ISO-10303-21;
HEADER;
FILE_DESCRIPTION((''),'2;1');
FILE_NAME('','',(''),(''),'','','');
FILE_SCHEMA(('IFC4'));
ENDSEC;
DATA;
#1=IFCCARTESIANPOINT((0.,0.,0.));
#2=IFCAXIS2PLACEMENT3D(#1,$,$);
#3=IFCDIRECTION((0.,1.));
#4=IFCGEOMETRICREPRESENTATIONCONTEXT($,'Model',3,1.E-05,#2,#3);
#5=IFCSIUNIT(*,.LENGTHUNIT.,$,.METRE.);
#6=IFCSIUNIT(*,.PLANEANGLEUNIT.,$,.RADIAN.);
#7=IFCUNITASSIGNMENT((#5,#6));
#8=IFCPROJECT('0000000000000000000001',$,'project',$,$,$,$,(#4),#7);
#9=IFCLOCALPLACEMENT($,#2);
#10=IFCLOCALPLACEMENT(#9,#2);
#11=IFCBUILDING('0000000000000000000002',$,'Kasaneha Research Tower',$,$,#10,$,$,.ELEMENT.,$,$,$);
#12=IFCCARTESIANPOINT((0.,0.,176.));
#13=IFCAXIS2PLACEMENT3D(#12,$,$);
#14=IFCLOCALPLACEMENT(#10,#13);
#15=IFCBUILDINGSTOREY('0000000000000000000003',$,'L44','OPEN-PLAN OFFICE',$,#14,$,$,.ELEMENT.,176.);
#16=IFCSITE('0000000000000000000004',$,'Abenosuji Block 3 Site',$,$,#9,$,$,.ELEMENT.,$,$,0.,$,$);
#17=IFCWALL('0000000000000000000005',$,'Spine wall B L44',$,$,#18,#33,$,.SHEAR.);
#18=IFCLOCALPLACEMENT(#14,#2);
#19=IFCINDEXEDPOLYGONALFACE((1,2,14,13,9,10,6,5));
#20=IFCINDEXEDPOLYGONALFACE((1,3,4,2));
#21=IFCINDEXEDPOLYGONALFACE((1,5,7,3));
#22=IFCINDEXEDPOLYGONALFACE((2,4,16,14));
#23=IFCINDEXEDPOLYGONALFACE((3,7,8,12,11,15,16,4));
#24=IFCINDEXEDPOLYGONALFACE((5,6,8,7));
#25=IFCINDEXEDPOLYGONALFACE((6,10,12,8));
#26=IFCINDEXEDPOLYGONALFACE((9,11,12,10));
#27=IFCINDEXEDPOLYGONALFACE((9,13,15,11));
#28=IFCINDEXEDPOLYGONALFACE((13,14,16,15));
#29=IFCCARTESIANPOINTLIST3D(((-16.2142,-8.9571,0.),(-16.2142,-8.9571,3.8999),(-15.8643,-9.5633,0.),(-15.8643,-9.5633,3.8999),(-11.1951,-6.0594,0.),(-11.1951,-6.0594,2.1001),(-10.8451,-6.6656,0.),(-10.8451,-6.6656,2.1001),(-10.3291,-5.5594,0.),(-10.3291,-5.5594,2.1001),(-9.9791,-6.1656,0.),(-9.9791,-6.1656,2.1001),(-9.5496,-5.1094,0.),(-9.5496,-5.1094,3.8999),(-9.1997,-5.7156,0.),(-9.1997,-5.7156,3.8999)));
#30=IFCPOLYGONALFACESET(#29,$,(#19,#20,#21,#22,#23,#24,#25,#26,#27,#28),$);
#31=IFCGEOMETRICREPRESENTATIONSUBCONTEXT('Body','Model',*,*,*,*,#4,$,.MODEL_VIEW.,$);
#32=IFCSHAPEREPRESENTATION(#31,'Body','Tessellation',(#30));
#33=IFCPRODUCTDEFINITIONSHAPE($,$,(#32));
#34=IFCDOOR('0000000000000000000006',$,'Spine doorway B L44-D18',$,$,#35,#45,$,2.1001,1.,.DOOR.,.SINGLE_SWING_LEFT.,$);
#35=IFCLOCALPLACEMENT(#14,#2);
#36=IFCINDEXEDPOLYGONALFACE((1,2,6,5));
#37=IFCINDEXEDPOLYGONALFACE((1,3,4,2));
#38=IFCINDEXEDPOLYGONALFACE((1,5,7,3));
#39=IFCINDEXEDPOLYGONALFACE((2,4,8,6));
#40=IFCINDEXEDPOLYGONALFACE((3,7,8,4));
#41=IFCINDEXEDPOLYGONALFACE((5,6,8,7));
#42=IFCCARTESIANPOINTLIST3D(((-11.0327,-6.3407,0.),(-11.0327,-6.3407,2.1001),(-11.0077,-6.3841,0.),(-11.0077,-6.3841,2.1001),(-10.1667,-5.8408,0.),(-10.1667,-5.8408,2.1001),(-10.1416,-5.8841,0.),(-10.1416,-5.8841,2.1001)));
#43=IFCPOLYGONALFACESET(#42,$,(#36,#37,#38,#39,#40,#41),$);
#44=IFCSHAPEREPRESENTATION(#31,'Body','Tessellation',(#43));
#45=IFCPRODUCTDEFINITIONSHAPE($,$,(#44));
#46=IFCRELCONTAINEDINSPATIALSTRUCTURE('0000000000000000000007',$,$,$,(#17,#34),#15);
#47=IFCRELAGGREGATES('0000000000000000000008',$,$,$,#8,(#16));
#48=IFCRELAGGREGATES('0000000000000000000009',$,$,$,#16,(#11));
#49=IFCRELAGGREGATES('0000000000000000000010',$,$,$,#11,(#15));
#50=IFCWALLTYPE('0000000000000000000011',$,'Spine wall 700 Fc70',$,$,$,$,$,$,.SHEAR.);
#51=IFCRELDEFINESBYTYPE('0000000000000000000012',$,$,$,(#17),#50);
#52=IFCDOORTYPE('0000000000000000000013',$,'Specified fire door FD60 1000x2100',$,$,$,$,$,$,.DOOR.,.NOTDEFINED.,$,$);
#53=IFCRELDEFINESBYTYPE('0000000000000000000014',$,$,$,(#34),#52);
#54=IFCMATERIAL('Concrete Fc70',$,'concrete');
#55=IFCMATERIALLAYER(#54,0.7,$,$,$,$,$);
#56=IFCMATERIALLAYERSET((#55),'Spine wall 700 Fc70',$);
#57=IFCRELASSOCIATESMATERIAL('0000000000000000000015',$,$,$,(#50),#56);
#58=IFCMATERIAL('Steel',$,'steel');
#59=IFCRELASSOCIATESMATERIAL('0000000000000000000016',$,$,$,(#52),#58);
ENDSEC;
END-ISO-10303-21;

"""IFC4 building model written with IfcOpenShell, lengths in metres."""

from ifc_helpers import new_model, si_unit, direction, frame, frame_2d, origin, place, context, subcontext, project, spatial, rectangle, extrude, material, layer, layer_set, type_object, element, fill, save


model = new_model("IFC4")

# Units and contexts
model_context = context("Model", 3, precision=1e-05, world=origin(), true_north=direction((0.0, 1.0)))
body_context = subcontext(model_context, "Body", "Model", "MODEL_VIEW")
ifc_project = project(units=[si_unit("LENGTHUNIT", "METRE"), si_unit("PLANEANGLEUNIT", "RADIAN")], contexts=[model_context])

# Site, building, storey
site_placement = place(None, origin())
site = spatial("IfcSite", under=ifc_project, at=site_placement, Name="Abenosuji Block 3 Site", CompositionType="ELEMENT", RefElevation=0.0)
building_placement = place(site_placement, origin())
building = spatial("IfcBuilding", under=site, at=building_placement, Name="Kasaneha Research Tower", CompositionType="ELEMENT")
storey_placement = place(building_placement, frame((0.0, 0.0, 176.0)))
storey = spatial("IfcBuildingStorey", under=building, at=storey_placement, Name="L44", Description="OPEN-PLAN OFFICE", CompositionType="ELEMENT", Elevation=176.0)

# Wall, opening, door
ifc_material_1 = material(Name="Concrete Fc70", Category="concrete")
ifc_layer_1 = layer(ifc_material_1, 0.7)
ifc_layer_set_1 = layer_set([ifc_layer_1], Name="Spine wall 700 Fc70")
wall_type_1 = type_object("IfcWallType", Name="Spine wall 700 Fc70", PredefinedType="SHEAR", material=ifc_layer_set_1)
wall_1_placement = place(storey_placement, frame((-9.3748, -5.4126, 0.0), z_axis=(0.0, 0.0, 1.0), x_axis=(-0.866032, -0.499988, 0.0)))
wall_1 = element("IfcWall", 1, at=wall_1_placement, inside=storey, type_object=wall_type_1, Name="Spine wall B L44", PredefinedType="SHEAR", context=body_context, shape_type="SweptSolid", body=[
    extrude(rectangle(XDim=7.6956, YDim=0.7, at=frame_2d((3.8477, 0.0))), origin(), (0.0, 0.0, 1.0), 3.8999),
])
opening_1_placement = place(wall_1_placement, frame((0.8999, 0.0, 0.0)))
opening_1 = element("IfcOpeningElement", 2, at=opening_1_placement, cuts=wall_1, PredefinedType="OPENING", context=body_context, shape_type="SweptSolid", body=[
    extrude(rectangle(XDim=1.0, YDim=2.1001, at=frame_2d((0.5, 1.05))), frame((0.0, 0.3599, 0.0), z_axis=(0.0, -1.0, 0.0), x_axis=(1.0, 0.0, 0.0)), (0.0, 0.0, 1.0), 0.72),
])
ifc_material_2 = material(Name="Steel", Category="steel")
door_type_1 = type_object("IfcDoorType", Name="Specified fire door FD60 1000x2100", OperationType="NOTDEFINED", PredefinedType="DOOR", material=ifc_material_2)
door_1_placement = place(opening_1_placement, origin())
door_1 = element("IfcDoor", 3, at=door_1_placement, inside=storey, type_object=door_type_1, Name="Spine doorway B L44-D18", OperationType="SINGLE_SWING_LEFT", OverallHeight=2.1001, OverallWidth=1.0, PredefinedType="DOOR", context=body_context, shape_type="SweptSolid", body=[
    extrude(rectangle(XDim=1.0, YDim=2.1001, at=frame_2d((0.5, 1.05))), frame((0.0, 0.0249, 0.0), z_axis=(0.0, -1.0, 0.0), x_axis=(1.0, 0.0, 0.0)), (0.0, 0.0, 1.0), 0.05),
])
fill(opening_1, door_1)

save(model, "model.ifc")
